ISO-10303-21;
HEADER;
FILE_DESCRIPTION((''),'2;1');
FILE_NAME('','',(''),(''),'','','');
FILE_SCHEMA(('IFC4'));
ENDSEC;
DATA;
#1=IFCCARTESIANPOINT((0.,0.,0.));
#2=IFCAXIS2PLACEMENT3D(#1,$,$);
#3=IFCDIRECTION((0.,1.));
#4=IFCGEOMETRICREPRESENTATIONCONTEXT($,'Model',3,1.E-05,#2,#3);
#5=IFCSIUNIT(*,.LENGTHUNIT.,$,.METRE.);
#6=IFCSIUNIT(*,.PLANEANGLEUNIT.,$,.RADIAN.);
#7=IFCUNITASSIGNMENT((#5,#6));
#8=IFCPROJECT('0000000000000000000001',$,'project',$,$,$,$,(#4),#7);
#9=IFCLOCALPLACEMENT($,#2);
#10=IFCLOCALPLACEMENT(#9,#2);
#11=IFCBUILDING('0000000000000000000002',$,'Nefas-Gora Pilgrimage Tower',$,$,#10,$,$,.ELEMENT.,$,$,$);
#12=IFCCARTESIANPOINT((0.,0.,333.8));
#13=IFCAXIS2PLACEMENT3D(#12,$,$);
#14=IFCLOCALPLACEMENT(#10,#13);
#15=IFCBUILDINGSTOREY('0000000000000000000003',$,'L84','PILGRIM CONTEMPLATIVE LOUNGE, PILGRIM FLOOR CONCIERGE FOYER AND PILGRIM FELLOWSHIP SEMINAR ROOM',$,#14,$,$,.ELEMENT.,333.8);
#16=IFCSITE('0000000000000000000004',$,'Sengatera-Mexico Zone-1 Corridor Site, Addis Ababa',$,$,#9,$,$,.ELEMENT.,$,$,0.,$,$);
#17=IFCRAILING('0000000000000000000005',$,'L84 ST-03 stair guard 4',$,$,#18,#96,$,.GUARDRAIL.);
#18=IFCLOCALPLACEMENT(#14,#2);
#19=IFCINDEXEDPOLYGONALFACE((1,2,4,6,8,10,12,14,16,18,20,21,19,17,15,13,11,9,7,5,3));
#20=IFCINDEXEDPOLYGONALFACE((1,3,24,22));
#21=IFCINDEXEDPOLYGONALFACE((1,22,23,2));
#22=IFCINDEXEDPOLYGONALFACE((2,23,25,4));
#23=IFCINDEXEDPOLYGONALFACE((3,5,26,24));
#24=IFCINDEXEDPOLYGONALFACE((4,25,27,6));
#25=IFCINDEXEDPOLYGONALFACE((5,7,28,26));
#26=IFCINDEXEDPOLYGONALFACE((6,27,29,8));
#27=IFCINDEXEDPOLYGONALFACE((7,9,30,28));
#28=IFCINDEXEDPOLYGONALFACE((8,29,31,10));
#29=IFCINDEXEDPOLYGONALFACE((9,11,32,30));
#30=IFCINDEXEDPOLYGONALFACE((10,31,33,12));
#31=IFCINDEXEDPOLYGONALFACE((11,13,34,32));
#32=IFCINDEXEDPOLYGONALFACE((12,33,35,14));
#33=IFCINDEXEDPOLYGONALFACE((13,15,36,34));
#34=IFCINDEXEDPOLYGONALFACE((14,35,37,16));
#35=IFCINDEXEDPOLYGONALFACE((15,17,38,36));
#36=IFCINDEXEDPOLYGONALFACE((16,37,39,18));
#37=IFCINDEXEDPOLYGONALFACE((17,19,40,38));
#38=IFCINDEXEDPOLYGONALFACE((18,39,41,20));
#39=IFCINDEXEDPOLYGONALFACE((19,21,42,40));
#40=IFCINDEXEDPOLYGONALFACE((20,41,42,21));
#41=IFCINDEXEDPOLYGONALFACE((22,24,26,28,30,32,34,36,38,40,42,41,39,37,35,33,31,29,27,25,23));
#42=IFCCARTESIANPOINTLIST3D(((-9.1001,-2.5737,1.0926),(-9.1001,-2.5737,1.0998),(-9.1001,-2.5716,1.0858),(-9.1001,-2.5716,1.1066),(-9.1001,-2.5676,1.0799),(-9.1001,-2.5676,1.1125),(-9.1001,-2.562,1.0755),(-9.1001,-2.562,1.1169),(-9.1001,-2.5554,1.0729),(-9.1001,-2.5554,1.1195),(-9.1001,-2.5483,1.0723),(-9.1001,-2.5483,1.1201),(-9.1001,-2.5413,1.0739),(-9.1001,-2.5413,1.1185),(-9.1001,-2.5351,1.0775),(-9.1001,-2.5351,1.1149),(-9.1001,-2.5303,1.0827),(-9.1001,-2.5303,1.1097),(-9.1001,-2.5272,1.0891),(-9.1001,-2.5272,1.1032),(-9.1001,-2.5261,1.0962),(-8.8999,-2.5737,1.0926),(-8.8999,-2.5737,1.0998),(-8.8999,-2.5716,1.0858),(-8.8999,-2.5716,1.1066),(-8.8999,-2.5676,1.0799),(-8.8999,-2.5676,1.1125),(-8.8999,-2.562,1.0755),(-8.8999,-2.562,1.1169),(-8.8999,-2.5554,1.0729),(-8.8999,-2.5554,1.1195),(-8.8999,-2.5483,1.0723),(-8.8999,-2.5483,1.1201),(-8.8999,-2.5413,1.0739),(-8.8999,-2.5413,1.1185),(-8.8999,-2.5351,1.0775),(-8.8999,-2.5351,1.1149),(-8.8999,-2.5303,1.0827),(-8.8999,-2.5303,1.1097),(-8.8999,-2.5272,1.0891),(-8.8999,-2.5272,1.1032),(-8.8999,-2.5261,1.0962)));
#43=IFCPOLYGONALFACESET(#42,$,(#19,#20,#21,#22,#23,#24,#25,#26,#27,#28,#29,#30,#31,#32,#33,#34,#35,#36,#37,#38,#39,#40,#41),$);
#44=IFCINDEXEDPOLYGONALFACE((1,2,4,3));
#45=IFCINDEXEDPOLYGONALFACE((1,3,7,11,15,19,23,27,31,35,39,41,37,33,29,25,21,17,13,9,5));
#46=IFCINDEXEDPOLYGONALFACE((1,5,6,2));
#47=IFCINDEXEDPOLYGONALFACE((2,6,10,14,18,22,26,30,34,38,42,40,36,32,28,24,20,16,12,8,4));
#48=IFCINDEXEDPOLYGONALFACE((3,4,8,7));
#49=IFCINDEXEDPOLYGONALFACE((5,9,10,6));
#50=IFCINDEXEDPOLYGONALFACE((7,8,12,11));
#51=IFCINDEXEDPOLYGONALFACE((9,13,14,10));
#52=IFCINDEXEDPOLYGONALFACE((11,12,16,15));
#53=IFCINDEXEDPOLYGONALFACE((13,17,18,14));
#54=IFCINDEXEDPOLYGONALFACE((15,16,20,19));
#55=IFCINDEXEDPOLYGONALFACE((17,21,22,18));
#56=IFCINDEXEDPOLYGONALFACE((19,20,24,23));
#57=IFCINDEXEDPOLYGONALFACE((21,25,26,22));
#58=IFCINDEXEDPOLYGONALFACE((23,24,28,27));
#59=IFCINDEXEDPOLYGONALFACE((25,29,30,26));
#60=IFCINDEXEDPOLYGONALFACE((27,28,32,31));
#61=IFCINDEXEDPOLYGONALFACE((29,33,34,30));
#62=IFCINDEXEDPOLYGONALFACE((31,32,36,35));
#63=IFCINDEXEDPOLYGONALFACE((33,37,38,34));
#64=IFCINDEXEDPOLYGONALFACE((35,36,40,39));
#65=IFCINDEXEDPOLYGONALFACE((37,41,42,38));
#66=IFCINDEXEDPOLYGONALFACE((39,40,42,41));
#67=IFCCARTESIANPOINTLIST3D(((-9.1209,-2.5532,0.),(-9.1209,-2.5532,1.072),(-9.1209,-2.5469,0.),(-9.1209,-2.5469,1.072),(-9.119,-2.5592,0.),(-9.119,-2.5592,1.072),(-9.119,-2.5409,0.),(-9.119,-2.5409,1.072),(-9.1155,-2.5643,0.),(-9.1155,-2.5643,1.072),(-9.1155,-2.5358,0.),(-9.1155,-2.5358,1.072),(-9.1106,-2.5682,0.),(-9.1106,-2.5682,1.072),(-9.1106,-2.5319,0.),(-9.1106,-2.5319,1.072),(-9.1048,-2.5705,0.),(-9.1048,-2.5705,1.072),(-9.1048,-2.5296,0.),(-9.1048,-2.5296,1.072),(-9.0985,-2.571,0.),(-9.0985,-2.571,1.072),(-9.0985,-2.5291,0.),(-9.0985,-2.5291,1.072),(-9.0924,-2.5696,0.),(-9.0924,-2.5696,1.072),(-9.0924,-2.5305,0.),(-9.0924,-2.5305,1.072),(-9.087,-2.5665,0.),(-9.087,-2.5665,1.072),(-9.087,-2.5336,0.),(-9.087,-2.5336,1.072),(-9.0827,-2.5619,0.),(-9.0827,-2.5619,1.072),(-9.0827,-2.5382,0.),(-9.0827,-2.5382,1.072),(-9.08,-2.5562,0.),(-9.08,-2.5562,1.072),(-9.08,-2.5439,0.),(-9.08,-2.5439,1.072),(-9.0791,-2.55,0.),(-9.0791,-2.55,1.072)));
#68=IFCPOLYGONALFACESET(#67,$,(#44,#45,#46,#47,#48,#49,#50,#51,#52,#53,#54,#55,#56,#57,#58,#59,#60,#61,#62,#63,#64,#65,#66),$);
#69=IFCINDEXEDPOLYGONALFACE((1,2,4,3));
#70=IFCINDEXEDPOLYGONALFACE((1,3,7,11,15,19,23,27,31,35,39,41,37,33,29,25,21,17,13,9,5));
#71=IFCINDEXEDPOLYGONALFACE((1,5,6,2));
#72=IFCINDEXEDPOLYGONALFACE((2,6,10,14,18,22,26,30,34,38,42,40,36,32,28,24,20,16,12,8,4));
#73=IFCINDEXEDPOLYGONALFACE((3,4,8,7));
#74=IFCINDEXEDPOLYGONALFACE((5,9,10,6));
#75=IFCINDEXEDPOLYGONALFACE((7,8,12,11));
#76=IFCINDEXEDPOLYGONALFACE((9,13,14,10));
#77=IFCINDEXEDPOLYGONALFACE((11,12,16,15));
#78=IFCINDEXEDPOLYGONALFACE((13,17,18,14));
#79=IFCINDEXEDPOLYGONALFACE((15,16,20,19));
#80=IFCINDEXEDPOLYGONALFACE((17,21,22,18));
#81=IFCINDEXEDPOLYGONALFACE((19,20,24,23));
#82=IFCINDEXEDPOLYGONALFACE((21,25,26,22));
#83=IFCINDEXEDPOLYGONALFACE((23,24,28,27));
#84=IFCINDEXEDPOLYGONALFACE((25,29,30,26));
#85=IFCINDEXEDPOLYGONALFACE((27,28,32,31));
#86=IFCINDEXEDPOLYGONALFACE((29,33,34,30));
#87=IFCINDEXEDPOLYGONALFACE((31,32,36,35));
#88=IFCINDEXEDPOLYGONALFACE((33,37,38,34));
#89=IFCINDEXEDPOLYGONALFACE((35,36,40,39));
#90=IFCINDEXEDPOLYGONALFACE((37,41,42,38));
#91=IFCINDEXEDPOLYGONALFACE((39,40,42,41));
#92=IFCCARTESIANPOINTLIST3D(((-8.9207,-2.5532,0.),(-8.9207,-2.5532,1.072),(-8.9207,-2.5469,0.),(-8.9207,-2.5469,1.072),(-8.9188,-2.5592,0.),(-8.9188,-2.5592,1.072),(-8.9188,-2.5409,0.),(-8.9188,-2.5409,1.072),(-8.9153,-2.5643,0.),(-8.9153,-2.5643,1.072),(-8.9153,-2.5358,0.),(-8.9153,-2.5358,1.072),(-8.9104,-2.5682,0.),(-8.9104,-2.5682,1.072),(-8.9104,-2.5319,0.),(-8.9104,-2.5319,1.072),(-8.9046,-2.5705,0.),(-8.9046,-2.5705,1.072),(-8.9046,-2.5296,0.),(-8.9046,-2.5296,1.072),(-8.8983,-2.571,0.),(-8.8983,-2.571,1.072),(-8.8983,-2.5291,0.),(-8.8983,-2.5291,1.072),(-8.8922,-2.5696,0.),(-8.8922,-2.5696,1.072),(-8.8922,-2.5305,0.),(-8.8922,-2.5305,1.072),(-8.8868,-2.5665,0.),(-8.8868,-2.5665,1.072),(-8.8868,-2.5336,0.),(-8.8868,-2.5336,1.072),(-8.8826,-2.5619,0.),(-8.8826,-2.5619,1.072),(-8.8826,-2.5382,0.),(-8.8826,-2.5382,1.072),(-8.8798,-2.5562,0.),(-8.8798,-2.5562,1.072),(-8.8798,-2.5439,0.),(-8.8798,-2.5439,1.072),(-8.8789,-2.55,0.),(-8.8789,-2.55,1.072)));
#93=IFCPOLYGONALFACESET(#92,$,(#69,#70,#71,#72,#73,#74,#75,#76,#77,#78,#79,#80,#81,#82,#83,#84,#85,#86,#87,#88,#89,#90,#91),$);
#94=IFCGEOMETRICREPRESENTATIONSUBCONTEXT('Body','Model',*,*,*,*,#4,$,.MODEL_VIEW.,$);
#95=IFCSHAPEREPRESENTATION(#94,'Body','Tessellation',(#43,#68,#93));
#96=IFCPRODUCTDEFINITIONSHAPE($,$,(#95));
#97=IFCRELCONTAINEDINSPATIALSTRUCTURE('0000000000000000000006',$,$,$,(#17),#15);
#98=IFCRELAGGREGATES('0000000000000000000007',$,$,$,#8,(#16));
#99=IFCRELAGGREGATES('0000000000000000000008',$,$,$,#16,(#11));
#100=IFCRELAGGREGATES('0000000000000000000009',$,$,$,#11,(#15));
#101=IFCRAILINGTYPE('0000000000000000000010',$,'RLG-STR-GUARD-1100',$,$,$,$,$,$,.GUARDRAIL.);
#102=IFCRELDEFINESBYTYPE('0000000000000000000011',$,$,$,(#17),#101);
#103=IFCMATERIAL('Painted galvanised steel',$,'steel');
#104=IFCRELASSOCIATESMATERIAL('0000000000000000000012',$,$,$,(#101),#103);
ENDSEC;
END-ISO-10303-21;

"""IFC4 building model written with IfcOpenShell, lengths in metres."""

from ifc_helpers import new_model, si_unit, direction, frame, origin, origin_2d, place, context, subcontext, project, spatial, circle, extrude, material, type_object, element, save


model = new_model("IFC4")

# Units and contexts
model_context = context("Model", 3, precision=1e-05, world=origin(), true_north=direction((0.0, 1.0)))
body_context = subcontext(model_context, "Body", "Model", "MODEL_VIEW")
ifc_project = project(units=[si_unit("LENGTHUNIT", "METRE"), si_unit("PLANEANGLEUNIT", "RADIAN")], contexts=[model_context])

# Site, building, storey
site_placement = place(None, origin())
site = spatial("IfcSite", under=ifc_project, at=site_placement, Name="Sengatera-Mexico Zone-1 Corridor Site, Addis Ababa", CompositionType="ELEMENT", RefElevation=0.0)
building_placement = place(site_placement, origin())
building = spatial("IfcBuilding", under=site, at=building_placement, Name="Nefas-Gora Pilgrimage Tower", CompositionType="ELEMENT")
storey_placement = place(building_placement, frame((0.0, 0.0, 333.8)))
storey = spatial("IfcBuildingStorey", under=building, at=storey_placement, Name="L84", Description="PILGRIM CONTEMPLATIVE LOUNGE, PILGRIM FLOOR CONCIERGE FOYER AND PILGRIM FELLOWSHIP SEMINAR ROOM", CompositionType="ELEMENT", Elevation=333.8)

# Railing
ifc_material_1 = material(Name="Painted galvanised steel", Category="steel")
railing_type_1 = type_object("IfcRailingType", Name="RLG-STR-GUARD-1100", PredefinedType="GUARDRAIL", material=ifc_material_1)
railing_1_placement = place(storey_placement, frame((-9.1001, -2.55, 0.0)))
element("IfcRailing", 1, at=railing_1_placement, inside=storey, type_object=railing_type_1, Name="L84 ST-03 stair guard 4", PredefinedType="GUARDRAIL", context=body_context, shape_type="SweptSolid", body=[
    extrude(circle(Radius=0.0239, at=origin_2d()), frame((0.0, 0.0, 1.0962), z_axis=(1.0, 0.0, 0.0), x_axis=(0.0, 1.0, 0.0)), (0.0, 0.0, 1.0), 0.2002),
    extrude(circle(Radius=0.021, at=origin_2d()), origin(), (0.0, 0.0, 1.0), 1.072),
    extrude(circle(Radius=0.021, at=origin_2d()), frame((0.2002, 0.0, 0.0)), (0.0, 0.0, 1.0), 1.072),
])

save(model, "model.ifc")
